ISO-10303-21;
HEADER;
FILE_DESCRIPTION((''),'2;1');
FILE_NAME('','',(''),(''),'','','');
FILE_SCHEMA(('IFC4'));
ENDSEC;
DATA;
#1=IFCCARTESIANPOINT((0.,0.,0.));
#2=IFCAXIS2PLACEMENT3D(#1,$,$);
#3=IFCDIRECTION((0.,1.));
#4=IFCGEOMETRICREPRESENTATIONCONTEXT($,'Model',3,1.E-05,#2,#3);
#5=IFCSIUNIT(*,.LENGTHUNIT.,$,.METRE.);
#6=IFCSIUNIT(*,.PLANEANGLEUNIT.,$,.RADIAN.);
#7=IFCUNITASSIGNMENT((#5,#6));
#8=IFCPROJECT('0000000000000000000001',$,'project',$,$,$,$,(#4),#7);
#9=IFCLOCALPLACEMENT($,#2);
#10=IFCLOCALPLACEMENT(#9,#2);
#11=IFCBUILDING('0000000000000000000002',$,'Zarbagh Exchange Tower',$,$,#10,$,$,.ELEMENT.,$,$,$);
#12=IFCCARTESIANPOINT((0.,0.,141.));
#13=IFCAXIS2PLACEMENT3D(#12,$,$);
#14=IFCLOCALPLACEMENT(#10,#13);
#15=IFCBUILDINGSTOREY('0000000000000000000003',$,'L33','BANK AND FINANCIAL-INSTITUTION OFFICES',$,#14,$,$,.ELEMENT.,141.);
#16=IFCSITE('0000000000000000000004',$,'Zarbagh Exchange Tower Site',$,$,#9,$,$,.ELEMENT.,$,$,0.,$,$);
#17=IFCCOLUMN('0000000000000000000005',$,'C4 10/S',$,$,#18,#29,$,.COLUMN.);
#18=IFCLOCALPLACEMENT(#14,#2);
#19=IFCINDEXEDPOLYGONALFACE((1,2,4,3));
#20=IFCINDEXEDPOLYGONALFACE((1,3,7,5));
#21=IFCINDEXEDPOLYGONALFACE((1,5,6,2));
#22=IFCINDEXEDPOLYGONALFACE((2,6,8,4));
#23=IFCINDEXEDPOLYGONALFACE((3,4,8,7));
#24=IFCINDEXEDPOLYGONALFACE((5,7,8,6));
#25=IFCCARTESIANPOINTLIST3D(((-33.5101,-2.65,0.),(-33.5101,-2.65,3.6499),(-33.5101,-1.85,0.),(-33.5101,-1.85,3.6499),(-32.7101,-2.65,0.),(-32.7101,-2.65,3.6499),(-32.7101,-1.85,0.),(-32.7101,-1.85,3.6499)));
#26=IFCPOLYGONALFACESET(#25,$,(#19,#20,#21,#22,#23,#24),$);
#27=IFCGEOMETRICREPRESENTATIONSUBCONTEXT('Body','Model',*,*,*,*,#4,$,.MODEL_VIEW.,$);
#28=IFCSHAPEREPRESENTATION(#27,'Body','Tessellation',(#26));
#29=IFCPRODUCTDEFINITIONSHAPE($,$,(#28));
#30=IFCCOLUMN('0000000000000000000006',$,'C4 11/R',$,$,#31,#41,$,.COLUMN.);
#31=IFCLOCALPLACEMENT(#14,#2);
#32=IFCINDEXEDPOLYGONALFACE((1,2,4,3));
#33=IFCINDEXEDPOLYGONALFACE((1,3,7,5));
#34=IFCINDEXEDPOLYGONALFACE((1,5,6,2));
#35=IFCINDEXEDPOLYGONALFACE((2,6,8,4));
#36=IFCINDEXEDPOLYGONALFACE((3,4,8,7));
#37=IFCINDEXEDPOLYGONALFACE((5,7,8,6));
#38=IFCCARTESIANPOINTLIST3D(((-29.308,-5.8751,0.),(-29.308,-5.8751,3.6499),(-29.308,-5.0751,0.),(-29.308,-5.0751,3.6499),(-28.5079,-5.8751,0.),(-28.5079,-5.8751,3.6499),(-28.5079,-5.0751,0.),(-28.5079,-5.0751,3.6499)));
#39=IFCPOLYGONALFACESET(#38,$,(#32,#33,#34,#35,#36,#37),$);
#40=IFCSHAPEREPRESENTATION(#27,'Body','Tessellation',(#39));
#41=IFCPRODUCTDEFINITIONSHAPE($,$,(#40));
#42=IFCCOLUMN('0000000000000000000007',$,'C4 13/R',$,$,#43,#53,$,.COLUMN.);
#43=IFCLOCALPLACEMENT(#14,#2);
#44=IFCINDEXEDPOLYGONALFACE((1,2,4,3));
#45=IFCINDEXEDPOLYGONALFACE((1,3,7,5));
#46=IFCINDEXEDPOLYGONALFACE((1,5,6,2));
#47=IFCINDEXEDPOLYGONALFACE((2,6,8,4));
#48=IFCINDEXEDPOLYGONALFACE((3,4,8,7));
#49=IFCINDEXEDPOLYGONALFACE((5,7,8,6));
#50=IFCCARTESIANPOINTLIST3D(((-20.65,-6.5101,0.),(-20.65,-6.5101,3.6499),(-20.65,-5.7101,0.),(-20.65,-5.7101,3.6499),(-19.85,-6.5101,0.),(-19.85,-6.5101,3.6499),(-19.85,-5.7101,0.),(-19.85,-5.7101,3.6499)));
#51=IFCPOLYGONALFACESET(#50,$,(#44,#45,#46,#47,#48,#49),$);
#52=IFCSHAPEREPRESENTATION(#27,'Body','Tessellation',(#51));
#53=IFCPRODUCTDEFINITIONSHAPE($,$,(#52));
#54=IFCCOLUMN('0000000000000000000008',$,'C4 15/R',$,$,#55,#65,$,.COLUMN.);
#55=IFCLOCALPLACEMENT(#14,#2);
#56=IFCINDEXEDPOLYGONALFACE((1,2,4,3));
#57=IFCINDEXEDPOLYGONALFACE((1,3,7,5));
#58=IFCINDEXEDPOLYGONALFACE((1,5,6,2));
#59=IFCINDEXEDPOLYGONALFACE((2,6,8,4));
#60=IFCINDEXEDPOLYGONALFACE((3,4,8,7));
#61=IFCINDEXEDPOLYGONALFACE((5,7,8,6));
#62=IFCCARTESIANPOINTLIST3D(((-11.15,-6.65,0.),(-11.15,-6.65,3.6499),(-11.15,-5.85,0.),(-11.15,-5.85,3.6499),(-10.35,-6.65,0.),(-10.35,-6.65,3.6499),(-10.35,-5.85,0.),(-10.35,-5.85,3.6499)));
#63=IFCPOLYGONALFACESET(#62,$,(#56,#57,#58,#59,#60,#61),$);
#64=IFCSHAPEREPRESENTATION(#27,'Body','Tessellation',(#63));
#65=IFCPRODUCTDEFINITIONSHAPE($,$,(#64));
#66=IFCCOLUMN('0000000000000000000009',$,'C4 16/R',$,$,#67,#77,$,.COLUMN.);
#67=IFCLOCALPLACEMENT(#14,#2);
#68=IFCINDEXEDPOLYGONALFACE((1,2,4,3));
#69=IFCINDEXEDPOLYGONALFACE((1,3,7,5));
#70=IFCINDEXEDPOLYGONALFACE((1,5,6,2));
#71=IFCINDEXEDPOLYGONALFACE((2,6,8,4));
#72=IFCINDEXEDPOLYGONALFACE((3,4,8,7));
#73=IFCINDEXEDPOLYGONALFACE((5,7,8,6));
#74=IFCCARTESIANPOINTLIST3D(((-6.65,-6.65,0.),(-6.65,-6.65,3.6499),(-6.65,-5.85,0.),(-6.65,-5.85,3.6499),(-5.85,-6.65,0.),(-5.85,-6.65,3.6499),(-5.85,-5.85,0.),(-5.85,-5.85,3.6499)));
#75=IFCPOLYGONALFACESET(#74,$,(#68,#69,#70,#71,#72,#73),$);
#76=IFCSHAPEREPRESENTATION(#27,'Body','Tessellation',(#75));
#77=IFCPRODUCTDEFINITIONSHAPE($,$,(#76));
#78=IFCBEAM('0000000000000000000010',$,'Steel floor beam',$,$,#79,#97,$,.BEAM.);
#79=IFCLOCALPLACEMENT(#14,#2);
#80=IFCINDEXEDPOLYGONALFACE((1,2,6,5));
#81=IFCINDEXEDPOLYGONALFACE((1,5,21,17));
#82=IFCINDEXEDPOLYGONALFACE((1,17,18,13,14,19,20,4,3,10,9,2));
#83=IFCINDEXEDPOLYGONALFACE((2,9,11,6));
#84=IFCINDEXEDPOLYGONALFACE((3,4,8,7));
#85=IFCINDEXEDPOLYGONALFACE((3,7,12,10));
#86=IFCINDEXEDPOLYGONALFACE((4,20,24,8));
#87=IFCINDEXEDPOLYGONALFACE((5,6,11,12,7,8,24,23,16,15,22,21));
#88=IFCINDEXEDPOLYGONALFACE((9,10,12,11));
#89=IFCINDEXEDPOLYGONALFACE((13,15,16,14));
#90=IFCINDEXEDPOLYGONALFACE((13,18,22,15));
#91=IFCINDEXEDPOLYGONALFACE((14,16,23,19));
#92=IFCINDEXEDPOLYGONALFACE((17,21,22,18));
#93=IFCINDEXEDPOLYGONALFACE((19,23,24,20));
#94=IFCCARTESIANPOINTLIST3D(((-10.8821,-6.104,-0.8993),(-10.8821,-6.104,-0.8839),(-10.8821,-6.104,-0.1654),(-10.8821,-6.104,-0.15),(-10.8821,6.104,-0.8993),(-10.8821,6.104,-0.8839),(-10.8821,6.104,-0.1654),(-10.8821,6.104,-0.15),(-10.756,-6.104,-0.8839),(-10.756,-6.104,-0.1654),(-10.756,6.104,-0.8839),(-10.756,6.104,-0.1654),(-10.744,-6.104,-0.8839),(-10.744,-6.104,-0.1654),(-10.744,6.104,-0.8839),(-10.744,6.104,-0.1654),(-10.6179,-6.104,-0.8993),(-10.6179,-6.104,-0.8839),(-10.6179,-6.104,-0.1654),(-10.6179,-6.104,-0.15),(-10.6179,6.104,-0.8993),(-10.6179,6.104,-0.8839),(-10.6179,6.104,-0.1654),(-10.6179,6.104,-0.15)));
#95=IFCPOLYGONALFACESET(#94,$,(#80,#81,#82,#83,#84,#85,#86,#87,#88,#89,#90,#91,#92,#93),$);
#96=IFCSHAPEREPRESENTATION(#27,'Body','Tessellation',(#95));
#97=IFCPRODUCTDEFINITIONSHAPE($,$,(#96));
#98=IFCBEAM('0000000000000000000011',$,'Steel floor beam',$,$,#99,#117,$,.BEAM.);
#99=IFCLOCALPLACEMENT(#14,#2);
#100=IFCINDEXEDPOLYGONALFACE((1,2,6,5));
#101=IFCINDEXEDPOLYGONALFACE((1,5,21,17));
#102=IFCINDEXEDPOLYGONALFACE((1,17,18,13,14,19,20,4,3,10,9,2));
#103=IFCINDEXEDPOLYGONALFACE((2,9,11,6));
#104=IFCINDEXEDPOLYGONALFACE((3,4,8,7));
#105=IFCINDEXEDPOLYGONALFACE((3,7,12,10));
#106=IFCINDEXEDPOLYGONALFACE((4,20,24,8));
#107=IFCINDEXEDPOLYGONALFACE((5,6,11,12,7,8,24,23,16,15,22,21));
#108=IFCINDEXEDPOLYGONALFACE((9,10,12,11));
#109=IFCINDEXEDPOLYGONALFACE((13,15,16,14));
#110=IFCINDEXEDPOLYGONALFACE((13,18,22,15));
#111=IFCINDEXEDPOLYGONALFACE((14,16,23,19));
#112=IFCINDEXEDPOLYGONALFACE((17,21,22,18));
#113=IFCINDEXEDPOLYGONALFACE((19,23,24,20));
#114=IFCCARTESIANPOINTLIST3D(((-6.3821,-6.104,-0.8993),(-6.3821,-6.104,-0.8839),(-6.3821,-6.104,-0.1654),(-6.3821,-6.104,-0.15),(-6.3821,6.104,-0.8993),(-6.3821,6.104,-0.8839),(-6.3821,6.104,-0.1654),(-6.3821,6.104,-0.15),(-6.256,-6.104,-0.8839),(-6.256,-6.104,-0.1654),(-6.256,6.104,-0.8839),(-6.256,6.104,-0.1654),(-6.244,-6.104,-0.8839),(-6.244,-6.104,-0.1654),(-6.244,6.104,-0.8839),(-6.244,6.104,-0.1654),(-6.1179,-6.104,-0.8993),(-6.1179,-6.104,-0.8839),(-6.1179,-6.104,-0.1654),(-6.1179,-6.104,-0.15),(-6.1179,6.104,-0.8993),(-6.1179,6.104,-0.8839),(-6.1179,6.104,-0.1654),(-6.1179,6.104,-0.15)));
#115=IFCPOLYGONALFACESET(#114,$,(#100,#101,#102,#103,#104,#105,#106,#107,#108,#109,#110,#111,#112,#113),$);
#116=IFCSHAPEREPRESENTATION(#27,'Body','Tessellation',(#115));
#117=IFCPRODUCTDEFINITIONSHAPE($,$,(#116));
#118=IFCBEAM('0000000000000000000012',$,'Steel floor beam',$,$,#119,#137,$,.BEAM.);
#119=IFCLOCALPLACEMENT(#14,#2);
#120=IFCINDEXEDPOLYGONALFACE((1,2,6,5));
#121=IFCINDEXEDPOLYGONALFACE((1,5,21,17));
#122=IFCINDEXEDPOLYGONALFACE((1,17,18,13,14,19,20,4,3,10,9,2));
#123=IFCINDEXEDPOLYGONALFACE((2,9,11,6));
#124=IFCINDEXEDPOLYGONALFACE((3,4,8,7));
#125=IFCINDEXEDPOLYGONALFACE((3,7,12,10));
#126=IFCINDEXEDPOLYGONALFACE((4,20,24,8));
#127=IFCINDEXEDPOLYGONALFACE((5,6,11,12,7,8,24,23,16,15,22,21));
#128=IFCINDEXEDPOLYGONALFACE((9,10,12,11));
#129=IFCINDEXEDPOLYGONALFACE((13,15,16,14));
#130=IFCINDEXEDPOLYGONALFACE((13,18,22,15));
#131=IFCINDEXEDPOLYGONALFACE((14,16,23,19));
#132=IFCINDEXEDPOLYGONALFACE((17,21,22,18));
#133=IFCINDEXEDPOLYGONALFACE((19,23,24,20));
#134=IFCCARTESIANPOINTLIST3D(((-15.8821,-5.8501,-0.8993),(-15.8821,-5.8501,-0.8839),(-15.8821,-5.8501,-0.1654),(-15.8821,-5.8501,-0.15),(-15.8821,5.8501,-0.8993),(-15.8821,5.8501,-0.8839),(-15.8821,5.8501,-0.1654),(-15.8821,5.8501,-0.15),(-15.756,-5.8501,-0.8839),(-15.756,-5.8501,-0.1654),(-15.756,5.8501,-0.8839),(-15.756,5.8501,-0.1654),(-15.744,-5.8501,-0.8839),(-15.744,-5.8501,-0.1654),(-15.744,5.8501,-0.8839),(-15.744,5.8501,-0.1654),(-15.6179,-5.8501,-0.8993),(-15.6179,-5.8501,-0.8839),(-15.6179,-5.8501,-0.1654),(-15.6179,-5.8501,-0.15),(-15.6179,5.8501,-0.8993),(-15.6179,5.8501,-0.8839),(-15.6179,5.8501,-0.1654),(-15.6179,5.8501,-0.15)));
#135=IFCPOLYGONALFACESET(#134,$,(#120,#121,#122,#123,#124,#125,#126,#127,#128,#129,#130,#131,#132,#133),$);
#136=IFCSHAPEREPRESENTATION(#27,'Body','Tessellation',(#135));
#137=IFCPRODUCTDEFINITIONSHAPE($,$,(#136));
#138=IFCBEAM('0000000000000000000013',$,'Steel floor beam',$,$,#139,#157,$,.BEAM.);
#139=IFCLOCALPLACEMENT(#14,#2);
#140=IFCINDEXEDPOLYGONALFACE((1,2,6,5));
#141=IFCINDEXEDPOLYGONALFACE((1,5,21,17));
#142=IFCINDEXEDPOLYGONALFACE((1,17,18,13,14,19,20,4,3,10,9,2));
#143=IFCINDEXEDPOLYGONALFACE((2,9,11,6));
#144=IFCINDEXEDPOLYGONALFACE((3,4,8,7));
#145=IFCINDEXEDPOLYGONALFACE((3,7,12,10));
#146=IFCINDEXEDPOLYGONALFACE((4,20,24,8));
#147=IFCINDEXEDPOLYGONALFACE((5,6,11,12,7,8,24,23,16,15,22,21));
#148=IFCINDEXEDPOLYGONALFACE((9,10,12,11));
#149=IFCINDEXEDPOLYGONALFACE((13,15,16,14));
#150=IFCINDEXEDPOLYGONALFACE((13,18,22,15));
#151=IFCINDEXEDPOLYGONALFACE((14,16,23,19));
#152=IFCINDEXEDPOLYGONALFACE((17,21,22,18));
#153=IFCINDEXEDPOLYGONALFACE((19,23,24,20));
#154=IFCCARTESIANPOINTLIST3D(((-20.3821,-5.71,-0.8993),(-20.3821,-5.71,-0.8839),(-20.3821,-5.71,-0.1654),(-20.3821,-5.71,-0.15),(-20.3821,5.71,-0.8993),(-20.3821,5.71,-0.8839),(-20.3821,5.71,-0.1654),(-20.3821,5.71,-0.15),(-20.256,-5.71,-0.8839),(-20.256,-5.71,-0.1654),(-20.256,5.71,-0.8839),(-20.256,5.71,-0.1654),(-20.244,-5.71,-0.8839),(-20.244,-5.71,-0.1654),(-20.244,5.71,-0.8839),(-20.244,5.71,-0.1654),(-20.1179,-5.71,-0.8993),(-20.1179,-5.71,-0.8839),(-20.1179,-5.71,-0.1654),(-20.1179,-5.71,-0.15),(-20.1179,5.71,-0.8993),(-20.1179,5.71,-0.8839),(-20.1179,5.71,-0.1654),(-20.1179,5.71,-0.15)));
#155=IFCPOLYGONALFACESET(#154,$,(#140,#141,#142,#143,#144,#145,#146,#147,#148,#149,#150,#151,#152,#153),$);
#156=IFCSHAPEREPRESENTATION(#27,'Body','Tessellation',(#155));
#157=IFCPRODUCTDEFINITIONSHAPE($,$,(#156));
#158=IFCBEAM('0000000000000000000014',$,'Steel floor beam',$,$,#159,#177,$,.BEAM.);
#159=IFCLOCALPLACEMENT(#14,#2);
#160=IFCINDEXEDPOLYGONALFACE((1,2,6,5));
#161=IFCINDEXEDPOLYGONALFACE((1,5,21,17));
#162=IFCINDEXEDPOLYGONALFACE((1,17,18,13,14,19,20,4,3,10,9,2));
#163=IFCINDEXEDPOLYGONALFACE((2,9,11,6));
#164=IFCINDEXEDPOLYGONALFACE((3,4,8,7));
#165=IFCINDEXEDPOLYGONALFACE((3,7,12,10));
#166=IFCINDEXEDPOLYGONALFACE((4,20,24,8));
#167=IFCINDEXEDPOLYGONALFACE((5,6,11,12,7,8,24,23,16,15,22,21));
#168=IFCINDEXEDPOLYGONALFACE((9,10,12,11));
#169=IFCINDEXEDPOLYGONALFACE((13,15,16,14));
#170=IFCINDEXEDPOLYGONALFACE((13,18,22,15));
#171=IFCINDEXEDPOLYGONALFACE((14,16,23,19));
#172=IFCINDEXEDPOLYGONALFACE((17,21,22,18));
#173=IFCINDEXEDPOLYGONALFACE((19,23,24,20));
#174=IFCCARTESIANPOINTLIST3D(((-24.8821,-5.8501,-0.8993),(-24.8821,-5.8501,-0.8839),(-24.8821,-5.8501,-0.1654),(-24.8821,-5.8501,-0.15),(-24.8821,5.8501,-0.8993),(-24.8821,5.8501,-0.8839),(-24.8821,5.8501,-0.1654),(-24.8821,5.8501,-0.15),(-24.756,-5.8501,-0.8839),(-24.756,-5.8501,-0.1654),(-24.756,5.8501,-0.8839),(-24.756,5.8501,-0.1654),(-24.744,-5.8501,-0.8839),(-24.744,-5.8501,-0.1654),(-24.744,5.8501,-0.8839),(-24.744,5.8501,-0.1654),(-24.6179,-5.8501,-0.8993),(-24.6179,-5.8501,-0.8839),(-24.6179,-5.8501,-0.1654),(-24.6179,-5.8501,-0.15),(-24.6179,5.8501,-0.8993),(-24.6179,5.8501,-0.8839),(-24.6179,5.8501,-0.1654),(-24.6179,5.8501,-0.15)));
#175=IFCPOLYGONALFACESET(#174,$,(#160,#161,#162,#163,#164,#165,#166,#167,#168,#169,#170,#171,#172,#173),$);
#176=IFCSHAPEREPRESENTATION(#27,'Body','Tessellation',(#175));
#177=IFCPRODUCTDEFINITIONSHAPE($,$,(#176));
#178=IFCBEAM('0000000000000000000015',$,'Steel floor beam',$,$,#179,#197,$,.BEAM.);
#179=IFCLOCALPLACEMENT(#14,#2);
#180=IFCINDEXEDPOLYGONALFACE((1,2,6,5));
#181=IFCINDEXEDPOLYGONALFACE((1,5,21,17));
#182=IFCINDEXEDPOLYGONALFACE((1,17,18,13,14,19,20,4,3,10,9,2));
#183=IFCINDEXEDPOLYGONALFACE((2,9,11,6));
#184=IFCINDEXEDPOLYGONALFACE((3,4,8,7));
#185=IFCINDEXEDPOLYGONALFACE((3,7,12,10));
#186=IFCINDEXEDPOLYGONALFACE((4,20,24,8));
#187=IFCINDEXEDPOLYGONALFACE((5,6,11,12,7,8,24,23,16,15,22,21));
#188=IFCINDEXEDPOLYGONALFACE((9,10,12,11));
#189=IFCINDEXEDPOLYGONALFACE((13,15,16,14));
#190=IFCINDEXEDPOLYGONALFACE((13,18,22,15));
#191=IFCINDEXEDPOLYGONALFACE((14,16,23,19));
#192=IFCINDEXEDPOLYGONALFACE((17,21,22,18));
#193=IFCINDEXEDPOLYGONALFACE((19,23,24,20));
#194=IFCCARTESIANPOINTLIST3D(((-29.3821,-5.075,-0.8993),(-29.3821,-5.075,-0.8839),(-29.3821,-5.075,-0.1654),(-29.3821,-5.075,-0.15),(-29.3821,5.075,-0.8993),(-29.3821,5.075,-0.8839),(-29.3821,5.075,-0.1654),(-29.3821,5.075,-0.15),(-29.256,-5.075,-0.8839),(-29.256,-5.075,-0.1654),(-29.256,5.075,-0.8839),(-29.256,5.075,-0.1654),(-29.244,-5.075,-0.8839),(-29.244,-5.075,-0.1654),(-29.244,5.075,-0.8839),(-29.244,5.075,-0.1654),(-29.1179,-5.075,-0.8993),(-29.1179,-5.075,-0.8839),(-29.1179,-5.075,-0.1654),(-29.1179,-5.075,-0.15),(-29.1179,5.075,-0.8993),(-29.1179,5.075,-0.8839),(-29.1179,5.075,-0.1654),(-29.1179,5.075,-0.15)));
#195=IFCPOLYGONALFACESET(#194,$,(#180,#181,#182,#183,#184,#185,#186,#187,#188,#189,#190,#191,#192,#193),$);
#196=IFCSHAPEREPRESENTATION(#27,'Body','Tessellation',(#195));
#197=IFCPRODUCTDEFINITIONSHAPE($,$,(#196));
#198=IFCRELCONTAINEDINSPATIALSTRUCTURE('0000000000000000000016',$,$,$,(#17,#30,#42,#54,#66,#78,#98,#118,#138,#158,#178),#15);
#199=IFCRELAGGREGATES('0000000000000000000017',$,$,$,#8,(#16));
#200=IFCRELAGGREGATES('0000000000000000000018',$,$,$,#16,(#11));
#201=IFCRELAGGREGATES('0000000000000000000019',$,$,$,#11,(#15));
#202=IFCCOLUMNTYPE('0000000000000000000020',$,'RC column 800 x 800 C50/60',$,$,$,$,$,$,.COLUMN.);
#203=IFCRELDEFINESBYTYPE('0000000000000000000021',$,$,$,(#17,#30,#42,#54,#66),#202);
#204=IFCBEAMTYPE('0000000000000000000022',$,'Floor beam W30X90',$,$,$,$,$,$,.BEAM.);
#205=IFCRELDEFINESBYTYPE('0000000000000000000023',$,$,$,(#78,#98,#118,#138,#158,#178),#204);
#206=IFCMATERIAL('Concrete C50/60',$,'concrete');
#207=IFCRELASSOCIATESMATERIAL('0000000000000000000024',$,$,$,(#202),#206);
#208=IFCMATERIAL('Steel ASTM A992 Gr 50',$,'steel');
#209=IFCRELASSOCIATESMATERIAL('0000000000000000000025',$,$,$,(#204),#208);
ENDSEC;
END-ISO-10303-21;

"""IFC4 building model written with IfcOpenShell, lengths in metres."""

from ifc_helpers import new_model, si_unit, direction, frame, origin, origin_2d, place, context, subcontext, project, spatial, rectangle, i_section, extrude, material, material_profile, profile_set, type_object, element, save


model = new_model("IFC4")

# Units and contexts
model_context = context("Model", 3, precision=1e-05, world=origin(), true_north=direction((0.0, 1.0)))
body_context = subcontext(model_context, "Body", "Model", "MODEL_VIEW")
ifc_project = project(units=[si_unit("LENGTHUNIT", "METRE"), si_unit("PLANEANGLEUNIT", "RADIAN")], contexts=[model_context])

# Site, building, storey
site_placement = place(None, origin())
site = spatial("IfcSite", under=ifc_project, at=site_placement, Name="Zarbagh Exchange Tower Site", CompositionType="ELEMENT", RefElevation=0.0)
building_placement = place(site_placement, origin())
building = spatial("IfcBuilding", under=site, at=building_placement, Name="Zarbagh Exchange Tower", CompositionType="ELEMENT")
storey_placement = place(building_placement, frame((0.0, 0.0, 141.0)))
storey = spatial("IfcBuildingStorey", under=building, at=storey_placement, Name="L33", Description="BANK AND FINANCIAL-INSTITUTION OFFICES", CompositionType="ELEMENT", Elevation=141.0)

# Columns
ifc_material_1 = material(Name="Concrete C50/60", Category="concrete")
ifc_material_profile_1 = material_profile(ifc_material_1, rectangle(XDim=0.8, YDim=0.8, at=origin_2d()), Name="RC column 800 x 800 C50/60")
ifc_profile_set_1 = profile_set([ifc_material_profile_1], Name="Concrete C50/60")
column_type = type_object("IfcColumnType", Name="RC column 800 x 800 C50/60", PredefinedType="COLUMN", material=ifc_profile_set_1)
for number, where, z_axis, x_axis, name in (
    (1, (-33.1101, -2.25, 0.0), (0.0, 0.0, 1.0), (1.0, 0.0, 0.0), "C4 10/S"),
    (2, (-28.908, -5.4751, 0.0), (0.0, 0.0, 1.0), (1.0, 0.0, 0.0), "C4 11/R"),
    (3, (-20.25, -6.1101, 0.0), (0.0, 0.0, 1.0), (1.0, 0.0, 0.0), "C4 13/R"),
    (4, (-10.75, -6.25, 0.0), (0.0, 0.0, 1.0), (1.0, 0.0, 0.0), "C4 15/R"),
    (5, (-6.25, -6.25, 0.0), (0.0, 0.0, 1.0), (1.0, 0.0, 0.0), "C4 16/R"),
):
    element("IfcColumn", number, at=place(storey_placement, frame(where, z_axis=z_axis, x_axis=x_axis)), inside=storey, type_object=column_type, Name=name, PredefinedType="COLUMN", context=body_context, shape_type="SweptSolid", body=[
        extrude(rectangle(XDim=0.8, YDim=0.8, at=origin_2d()), origin(), (0.0, 0.0, 1.0), 3.6499),
    ])

# Beams
ifc_material_2 = material(Name="Steel ASTM A992 Gr 50", Category="steel")
ifc_material_profile_2 = material_profile(ifc_material_2, i_section(OverallWidth=0.2642, OverallDepth=0.7493, WebThickness=0.012, FlangeThickness=0.0154, at=origin_2d()), Name="W30X90")
ifc_profile_set_2 = profile_set([ifc_material_profile_2], Name="Steel ASTM A992 Gr 50")
beam_type_1 = type_object("IfcBeamType", Name="Floor beam W30X90", PredefinedType="BEAM", material=ifc_profile_set_2)
for number, where, z_axis, x_axis, name in (
    (6, (-10.75, -6.104, -0.5247), (0.0, 1.0, 0.0), (-1.0, 0.0, 0.0), "Steel floor beam"),
    (7, (-6.25, -6.104, -0.5247), (0.0, 1.0, 0.0), (-1.0, 0.0, 0.0), "Steel floor beam"),
):
    element("IfcBeam", number, at=place(storey_placement, frame(where, z_axis=z_axis, x_axis=x_axis)), inside=storey, type_object=beam_type_1, Name=name, PredefinedType="BEAM", context=body_context, shape_type="SweptSolid", body=[
        extrude(i_section(OverallWidth=0.2642, OverallDepth=0.7493, WebThickness=0.012, FlangeThickness=0.0154, at=origin_2d()), origin(), (0.0, 0.0, 1.0), 12.208),
    ])
beam_1_placement = place(storey_placement, frame((-15.75, -5.8501, -0.5247), z_axis=(0.0, 1.0, 0.0), x_axis=(-1.0, 0.0, 0.0)))
element("IfcBeam", 8, at=beam_1_placement, inside=storey, type_object=beam_type_1, Name="Steel floor beam", PredefinedType="BEAM", context=body_context, shape_type="SweptSolid", body=[
    extrude(i_section(OverallWidth=0.2642, OverallDepth=0.7493, WebThickness=0.012, FlangeThickness=0.0154, at=origin_2d()), origin(), (0.0, 0.0, 1.0), 11.7002),
])
beam_2_placement = place(storey_placement, frame((-20.25, -5.71, -0.5247), z_axis=(0.0, 1.0, 0.0), x_axis=(-1.0, 0.0, 0.0)))
element("IfcBeam", 9, at=beam_2_placement, inside=storey, type_object=beam_type_1, Name="Steel floor beam", PredefinedType="BEAM", context=body_context, shape_type="SweptSolid", body=[
    extrude(i_section(OverallWidth=0.2642, OverallDepth=0.7493, WebThickness=0.012, FlangeThickness=0.0154, at=origin_2d()), origin(), (0.0, 0.0, 1.0), 11.4199),
])
beam_3_placement = place(storey_placement, frame((-24.75, -5.8501, -0.5247), z_axis=(0.0, 1.0, 0.0), x_axis=(-1.0, 0.0, 0.0)))
element("IfcBeam", 10, at=beam_3_placement, inside=storey, type_object=beam_type_1, Name="Steel floor beam", PredefinedType="BEAM", context=body_context, shape_type="SweptSolid", body=[
    extrude(i_section(OverallWidth=0.2642, OverallDepth=0.7493, WebThickness=0.012, FlangeThickness=0.0154, at=origin_2d()), origin(), (0.0, 0.0, 1.0), 11.7002),
])
beam_4_placement = place(storey_placement, frame((-29.25, -5.075, -0.5247), z_axis=(0.0, 1.0, 0.0), x_axis=(-1.0, 0.0, 0.0)))
element("IfcBeam", 11, at=beam_4_placement, inside=storey, type_object=beam_type_1, Name="Steel floor beam", PredefinedType="BEAM", context=body_context, shape_type="SweptSolid", body=[
    extrude(i_section(OverallWidth=0.2642, OverallDepth=0.7493, WebThickness=0.012, FlangeThickness=0.0154, at=origin_2d()), origin(), (0.0, 0.0, 1.0), 10.1499),
])

save(model, "model.ifc")
